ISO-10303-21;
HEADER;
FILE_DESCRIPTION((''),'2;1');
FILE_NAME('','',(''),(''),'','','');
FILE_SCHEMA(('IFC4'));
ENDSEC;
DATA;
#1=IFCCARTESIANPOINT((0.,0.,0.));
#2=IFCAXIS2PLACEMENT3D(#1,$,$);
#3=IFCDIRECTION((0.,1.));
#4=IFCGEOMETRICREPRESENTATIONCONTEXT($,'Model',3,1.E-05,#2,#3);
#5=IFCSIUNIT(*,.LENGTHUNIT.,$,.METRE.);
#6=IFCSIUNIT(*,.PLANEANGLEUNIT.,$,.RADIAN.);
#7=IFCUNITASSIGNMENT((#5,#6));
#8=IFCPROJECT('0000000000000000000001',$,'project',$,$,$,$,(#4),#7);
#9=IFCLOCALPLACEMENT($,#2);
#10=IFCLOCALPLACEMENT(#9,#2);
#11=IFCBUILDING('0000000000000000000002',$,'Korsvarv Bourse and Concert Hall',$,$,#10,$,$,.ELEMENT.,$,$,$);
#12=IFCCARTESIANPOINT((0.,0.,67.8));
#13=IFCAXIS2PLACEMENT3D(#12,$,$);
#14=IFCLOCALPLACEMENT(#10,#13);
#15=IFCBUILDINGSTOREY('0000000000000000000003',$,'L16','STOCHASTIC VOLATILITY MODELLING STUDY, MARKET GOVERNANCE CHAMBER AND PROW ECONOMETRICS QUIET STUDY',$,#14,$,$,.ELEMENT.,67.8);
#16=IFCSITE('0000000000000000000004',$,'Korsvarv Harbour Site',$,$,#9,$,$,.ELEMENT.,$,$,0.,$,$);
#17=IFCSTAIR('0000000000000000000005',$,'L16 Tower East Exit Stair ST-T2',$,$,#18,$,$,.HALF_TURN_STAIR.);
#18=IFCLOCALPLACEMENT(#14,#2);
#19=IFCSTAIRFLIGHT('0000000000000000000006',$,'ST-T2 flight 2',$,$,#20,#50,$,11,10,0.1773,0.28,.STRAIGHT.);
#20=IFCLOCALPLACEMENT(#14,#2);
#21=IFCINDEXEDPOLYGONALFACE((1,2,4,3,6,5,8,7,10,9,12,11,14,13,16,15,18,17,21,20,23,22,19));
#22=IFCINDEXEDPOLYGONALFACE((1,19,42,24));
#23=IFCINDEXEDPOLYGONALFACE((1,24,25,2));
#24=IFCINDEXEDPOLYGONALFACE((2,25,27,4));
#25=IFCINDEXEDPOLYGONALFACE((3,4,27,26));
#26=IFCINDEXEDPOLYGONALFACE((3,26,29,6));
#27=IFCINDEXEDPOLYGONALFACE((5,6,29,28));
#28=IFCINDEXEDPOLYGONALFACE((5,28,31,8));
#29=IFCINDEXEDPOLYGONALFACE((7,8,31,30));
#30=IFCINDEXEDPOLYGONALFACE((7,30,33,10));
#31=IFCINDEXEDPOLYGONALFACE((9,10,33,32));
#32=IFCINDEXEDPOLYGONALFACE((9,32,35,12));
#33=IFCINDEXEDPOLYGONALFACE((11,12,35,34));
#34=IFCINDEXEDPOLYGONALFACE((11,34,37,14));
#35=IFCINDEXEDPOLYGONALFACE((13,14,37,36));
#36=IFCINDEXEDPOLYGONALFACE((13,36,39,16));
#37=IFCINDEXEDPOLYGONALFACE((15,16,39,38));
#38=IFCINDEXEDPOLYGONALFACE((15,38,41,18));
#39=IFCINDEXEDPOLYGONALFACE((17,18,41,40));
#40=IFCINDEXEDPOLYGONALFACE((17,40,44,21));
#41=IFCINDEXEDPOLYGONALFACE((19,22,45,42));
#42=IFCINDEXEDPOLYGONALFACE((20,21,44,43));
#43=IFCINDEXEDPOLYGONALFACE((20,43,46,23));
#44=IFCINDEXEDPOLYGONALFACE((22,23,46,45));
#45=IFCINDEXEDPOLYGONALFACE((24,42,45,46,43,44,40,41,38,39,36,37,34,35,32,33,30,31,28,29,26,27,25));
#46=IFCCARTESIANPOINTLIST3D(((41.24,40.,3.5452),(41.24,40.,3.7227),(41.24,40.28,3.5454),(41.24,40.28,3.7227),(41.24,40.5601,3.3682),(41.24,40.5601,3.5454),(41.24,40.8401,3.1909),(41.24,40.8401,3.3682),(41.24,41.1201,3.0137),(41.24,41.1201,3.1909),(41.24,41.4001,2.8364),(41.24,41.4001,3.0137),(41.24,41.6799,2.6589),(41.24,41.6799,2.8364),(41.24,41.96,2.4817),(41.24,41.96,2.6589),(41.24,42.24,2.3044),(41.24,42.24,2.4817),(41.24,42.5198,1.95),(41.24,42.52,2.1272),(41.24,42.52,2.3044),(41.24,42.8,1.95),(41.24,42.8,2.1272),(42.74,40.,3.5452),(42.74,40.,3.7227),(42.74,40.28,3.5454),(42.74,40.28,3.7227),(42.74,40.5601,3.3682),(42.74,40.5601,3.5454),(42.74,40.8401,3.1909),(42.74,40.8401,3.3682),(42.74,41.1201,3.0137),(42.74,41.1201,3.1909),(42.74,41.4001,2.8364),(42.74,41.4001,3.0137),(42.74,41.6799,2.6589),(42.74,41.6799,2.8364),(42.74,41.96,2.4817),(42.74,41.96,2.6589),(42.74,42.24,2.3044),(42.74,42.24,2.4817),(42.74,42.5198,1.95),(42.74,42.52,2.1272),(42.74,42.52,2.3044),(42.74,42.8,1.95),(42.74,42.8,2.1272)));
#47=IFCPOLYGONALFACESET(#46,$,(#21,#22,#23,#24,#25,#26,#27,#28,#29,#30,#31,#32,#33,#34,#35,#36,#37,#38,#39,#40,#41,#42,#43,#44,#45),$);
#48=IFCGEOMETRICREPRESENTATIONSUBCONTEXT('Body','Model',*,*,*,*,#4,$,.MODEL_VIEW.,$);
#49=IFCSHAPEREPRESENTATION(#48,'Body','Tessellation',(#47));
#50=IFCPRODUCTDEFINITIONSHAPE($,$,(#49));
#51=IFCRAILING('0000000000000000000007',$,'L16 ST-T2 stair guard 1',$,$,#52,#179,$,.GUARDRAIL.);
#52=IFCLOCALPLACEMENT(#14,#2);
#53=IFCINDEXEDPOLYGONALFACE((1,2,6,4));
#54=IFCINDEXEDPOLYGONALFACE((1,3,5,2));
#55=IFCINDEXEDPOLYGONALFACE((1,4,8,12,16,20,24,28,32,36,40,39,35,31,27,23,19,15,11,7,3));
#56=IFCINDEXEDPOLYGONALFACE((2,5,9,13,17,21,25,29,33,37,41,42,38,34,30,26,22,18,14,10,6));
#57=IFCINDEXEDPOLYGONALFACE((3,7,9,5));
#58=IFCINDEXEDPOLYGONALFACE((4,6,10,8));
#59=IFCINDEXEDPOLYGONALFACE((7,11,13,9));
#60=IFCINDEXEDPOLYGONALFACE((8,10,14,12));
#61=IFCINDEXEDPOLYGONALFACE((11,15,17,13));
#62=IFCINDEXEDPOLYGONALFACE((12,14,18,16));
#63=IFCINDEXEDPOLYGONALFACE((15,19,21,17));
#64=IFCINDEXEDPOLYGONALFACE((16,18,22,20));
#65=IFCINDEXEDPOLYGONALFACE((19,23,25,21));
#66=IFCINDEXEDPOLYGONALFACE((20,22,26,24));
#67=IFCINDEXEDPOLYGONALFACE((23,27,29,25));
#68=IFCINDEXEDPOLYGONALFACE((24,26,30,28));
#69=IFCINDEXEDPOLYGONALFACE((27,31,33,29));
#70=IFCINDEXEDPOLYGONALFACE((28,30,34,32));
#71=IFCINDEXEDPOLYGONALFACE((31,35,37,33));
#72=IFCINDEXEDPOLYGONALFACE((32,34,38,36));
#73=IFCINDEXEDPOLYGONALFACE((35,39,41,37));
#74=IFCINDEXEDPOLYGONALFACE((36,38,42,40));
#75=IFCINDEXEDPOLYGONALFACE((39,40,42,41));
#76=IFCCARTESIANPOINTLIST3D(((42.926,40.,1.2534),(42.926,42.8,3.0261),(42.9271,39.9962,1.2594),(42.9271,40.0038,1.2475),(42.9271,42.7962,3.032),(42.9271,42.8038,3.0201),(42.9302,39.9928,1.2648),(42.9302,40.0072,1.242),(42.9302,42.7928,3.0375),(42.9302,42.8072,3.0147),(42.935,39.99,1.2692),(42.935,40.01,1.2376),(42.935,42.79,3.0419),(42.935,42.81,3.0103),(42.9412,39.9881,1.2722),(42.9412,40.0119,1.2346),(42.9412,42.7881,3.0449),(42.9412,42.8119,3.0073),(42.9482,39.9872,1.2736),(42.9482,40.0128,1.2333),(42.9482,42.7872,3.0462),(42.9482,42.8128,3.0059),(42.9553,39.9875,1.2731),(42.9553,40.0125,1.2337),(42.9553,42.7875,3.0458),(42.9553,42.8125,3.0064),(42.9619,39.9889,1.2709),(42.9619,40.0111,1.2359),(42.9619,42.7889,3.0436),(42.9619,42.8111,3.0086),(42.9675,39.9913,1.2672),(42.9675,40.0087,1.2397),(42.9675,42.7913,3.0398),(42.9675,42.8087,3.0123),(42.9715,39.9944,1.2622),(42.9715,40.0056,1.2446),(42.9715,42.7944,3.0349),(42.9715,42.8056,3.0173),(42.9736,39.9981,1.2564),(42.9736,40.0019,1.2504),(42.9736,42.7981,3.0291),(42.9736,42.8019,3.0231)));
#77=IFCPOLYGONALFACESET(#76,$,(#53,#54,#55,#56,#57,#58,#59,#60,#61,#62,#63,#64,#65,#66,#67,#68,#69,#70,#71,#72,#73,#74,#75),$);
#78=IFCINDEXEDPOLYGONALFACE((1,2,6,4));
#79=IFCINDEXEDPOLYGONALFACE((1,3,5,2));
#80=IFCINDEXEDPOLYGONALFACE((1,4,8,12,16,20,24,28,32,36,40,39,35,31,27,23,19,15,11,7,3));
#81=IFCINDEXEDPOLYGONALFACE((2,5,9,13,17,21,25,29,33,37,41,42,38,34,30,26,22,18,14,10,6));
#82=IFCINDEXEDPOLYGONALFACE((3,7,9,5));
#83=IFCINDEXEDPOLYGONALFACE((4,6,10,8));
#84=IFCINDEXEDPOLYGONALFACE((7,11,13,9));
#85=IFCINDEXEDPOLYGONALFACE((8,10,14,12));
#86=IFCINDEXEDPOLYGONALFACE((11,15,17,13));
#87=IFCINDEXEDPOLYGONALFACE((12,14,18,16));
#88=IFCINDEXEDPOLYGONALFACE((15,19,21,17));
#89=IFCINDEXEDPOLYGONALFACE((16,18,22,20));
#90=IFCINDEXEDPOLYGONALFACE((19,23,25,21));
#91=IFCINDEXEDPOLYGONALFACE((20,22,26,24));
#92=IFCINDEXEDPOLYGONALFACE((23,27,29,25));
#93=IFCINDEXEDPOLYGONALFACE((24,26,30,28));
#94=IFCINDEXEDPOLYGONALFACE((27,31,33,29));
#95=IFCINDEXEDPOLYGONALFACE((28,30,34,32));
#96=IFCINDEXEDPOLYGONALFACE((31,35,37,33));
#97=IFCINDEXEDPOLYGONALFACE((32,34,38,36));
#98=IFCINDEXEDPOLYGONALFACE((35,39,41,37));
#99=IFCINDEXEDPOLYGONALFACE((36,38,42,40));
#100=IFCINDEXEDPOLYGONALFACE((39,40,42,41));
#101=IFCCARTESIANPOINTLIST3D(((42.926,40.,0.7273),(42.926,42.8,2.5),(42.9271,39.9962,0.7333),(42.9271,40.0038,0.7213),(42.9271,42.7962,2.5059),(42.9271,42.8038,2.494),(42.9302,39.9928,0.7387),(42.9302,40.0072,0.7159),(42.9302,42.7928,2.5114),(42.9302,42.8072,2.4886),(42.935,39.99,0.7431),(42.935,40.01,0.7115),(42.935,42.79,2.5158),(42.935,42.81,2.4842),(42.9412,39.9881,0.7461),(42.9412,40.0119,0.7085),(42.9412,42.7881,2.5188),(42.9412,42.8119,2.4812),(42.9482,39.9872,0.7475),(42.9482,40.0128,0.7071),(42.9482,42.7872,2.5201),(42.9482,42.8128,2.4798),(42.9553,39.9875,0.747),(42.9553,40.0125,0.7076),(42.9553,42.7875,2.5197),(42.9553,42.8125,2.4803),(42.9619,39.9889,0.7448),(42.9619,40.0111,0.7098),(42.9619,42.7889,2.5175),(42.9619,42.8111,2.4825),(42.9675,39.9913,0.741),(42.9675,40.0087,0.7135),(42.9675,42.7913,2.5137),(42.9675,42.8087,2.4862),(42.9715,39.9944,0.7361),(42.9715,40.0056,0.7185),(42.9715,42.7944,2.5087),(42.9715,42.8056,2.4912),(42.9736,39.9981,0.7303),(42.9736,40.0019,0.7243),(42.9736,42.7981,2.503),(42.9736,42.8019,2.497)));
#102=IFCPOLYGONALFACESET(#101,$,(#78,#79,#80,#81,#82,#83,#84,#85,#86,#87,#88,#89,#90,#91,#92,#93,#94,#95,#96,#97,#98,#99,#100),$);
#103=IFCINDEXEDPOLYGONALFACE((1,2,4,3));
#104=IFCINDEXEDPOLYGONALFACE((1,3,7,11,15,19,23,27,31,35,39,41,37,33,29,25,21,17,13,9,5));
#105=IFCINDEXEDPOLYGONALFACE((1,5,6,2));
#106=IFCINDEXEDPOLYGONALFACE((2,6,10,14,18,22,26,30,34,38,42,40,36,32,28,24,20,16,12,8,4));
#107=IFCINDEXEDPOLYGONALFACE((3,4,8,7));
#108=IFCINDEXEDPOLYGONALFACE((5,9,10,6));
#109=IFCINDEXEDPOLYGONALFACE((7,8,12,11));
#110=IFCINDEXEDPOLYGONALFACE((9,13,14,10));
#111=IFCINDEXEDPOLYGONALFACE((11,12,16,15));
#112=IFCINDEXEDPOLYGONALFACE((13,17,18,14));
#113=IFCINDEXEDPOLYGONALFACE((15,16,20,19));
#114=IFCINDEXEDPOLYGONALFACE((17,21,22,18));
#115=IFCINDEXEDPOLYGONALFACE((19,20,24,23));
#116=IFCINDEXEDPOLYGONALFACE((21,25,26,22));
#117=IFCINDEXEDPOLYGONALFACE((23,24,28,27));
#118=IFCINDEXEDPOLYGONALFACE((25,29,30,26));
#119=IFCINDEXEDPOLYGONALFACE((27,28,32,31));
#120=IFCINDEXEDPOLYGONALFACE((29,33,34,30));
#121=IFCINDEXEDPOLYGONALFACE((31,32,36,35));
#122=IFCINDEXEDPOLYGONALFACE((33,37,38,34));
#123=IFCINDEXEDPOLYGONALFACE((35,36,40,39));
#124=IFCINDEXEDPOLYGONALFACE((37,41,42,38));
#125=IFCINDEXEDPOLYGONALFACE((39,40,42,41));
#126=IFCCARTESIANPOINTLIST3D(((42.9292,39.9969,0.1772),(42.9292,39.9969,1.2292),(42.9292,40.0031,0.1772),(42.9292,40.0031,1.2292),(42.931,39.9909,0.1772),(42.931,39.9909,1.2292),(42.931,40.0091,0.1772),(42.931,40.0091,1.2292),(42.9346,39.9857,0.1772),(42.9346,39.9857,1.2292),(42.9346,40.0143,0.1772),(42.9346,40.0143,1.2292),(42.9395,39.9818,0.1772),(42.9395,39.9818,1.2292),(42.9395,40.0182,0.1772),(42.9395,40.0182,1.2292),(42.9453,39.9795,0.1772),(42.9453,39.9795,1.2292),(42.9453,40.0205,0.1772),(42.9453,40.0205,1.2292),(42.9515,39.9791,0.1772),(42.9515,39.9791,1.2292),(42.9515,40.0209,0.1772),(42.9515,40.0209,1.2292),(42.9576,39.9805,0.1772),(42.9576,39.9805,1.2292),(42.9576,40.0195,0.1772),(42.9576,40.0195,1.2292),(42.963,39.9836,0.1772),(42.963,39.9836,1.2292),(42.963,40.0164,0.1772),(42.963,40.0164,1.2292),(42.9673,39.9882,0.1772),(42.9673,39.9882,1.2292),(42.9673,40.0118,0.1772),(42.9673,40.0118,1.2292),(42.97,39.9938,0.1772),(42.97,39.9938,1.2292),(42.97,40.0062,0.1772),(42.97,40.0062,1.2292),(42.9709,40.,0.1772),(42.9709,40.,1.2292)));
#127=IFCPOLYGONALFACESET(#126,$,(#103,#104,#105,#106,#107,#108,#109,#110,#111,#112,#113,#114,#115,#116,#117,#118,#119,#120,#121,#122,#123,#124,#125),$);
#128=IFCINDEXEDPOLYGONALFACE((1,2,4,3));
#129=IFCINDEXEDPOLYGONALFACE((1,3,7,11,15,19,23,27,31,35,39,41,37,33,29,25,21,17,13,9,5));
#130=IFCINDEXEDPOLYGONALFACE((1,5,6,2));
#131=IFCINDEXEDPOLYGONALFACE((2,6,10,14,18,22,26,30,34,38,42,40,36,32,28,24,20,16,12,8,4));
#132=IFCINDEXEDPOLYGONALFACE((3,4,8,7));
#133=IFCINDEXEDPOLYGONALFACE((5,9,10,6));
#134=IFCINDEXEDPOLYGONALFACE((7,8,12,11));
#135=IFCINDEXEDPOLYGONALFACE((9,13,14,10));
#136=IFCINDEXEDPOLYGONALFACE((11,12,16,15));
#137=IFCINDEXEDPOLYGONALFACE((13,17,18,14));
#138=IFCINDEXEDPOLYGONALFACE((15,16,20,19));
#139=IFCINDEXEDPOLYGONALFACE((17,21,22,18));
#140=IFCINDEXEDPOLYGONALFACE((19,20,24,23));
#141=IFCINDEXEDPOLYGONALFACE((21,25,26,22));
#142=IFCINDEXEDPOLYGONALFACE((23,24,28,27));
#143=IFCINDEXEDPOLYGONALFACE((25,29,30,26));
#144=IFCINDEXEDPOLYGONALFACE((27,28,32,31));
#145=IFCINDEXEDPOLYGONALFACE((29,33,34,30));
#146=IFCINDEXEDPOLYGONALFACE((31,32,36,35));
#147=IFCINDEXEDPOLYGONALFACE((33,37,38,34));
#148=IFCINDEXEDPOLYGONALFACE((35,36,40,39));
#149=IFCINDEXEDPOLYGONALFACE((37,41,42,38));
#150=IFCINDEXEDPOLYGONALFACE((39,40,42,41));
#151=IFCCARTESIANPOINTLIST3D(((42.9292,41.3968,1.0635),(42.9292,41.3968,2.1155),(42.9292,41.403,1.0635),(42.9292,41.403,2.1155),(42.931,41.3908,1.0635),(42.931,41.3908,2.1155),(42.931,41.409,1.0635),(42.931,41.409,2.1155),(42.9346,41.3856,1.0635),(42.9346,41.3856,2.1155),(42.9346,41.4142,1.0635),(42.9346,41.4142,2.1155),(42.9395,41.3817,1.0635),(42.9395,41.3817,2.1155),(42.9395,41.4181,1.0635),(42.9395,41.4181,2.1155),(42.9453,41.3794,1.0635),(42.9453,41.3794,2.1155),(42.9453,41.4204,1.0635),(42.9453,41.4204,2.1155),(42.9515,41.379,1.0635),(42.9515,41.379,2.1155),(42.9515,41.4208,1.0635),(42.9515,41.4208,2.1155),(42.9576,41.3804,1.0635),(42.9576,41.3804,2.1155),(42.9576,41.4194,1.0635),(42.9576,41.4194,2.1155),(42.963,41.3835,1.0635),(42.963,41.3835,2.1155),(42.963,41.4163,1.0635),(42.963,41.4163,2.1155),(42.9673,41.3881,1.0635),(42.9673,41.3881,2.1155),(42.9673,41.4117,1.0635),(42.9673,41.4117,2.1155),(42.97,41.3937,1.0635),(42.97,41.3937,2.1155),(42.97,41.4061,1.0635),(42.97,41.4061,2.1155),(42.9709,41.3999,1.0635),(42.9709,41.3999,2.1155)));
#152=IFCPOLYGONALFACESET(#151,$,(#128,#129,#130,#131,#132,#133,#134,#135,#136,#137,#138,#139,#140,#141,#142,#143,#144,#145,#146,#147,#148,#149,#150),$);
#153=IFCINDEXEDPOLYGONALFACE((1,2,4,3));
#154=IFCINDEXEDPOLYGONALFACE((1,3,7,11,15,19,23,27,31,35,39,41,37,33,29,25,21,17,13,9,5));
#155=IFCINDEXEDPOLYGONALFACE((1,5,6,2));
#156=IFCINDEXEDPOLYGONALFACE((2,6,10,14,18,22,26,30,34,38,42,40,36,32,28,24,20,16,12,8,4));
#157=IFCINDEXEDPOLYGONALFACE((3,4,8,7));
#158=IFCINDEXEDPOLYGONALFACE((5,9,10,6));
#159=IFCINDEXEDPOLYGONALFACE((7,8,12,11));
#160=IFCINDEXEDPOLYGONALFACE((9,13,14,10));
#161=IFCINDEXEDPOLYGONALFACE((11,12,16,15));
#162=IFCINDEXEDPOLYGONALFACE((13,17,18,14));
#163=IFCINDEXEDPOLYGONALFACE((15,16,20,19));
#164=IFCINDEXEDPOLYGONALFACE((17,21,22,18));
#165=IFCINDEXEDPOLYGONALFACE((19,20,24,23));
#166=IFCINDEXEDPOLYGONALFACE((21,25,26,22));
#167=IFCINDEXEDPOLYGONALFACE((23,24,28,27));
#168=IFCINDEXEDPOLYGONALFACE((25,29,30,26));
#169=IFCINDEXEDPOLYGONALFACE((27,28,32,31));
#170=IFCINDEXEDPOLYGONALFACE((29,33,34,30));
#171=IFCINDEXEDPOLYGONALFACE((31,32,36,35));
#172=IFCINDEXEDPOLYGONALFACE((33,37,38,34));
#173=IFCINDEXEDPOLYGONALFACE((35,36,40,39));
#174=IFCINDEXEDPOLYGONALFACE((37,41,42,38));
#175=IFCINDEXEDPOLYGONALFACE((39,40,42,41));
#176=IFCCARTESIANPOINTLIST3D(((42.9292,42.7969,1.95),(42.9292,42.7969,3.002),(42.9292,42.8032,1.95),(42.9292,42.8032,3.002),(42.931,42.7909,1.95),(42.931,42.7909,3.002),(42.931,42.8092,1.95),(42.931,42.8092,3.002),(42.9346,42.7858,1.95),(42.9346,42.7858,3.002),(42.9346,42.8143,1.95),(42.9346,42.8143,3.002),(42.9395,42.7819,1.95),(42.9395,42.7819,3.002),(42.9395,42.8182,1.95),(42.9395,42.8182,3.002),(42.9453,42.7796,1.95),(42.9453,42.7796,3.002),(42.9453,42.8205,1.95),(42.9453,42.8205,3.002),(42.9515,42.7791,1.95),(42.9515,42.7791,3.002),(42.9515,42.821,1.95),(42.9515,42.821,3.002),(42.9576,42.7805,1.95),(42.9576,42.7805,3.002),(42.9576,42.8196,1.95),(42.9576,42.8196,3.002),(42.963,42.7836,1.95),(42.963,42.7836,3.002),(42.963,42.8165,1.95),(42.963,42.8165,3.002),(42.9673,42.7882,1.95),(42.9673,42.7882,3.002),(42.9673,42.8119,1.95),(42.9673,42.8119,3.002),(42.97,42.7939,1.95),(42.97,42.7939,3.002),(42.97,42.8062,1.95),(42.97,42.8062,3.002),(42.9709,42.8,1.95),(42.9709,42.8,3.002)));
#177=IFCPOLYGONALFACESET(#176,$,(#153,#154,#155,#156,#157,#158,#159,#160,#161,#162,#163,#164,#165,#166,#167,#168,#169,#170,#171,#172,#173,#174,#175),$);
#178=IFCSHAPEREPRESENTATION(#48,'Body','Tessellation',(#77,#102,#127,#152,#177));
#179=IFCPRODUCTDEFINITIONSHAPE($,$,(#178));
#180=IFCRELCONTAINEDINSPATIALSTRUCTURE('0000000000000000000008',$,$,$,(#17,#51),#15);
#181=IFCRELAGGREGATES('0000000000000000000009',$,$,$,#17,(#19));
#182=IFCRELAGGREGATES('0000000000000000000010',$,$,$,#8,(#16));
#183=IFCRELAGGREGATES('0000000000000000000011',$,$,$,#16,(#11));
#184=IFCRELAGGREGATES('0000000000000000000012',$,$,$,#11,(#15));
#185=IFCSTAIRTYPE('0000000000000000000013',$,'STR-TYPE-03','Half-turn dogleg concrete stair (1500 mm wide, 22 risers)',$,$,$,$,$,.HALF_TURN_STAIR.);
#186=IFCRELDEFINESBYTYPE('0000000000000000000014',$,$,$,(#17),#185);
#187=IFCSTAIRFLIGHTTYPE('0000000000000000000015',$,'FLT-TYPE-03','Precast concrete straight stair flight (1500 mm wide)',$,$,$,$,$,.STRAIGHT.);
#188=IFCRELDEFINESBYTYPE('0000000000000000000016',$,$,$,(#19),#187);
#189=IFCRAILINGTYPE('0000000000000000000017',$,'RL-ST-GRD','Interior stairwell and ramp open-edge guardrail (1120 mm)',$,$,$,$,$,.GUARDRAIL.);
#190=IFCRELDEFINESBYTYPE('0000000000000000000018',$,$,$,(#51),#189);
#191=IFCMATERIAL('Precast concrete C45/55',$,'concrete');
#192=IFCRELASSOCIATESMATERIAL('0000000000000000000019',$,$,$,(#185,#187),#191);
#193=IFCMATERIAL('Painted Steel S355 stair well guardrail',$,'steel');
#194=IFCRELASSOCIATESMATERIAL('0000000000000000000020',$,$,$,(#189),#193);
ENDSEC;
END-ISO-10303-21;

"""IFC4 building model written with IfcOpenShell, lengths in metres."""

from ifc_helpers import new_model, si_unit, direction, frame, origin, origin_2d, place, context, subcontext, project, spatial, polyline, circle, outline, extrude, material, type_object, element, aggregate, save


model = new_model("IFC4")

# Units and contexts
model_context = context("Model", 3, precision=1e-05, world=origin(), true_north=direction((0.0, 1.0)))
body_context = subcontext(model_context, "Body", "Model", "MODEL_VIEW")
ifc_project = project(units=[si_unit("LENGTHUNIT", "METRE"), si_unit("PLANEANGLEUNIT", "RADIAN")], contexts=[model_context])

# Site, building, storey
site_placement = place(None, origin())
site = spatial("IfcSite", under=ifc_project, at=site_placement, Name="Korsvarv Harbour Site", CompositionType="ELEMENT", RefElevation=0.0)
building_placement = place(site_placement, origin())
building = spatial("IfcBuilding", under=site, at=building_placement, Name="Korsvarv Bourse and Concert Hall", CompositionType="ELEMENT")
storey_placement = place(building_placement, frame((0.0, 0.0, 67.8)))
storey = spatial("IfcBuildingStorey", under=building, at=storey_placement, Name="L16", Description="STOCHASTIC VOLATILITY MODELLING STUDY, MARKET GOVERNANCE CHAMBER AND PROW ECONOMETRICS QUIET STUDY", CompositionType="ELEMENT", Elevation=67.8)

# Stair, stair flight
ifc_material_1 = material(Name="Precast concrete C45/55", Category="concrete")
stair_type = type_object("IfcStairType", Name="STR-TYPE-03", Description="Half-turn dogleg concrete stair (1500 mm wide, 22 risers)", PredefinedType="HALF_TURN_STAIR", material=ifc_material_1)
stair_placement = place(storey_placement, origin())
stair = element("IfcStair", 1, at=stair_placement, inside=storey, type_object=stair_type, Name="L16 Tower East Exit Stair ST-T2", PredefinedType="HALF_TURN_STAIR")
stair_flight_type = type_object("IfcStairFlightType", Name="FLT-TYPE-03", Description="Precast concrete straight stair flight (1500 mm wide)", PredefinedType="STRAIGHT", material=ifc_material_1)
stair_flight_1_placement = place(storey_placement, frame((41.99, 42.8, 1.95), z_axis=(0.0, 0.0, 1.0), x_axis=(0.0, -1.0, 0.0)))
stair_flight_1 = element("IfcStairFlight", 2, at=stair_flight_1_placement, type_object=stair_flight_type, Name="ST-T2 flight 2", NumberOfRisers=11, NumberOfTreads=10, PredefinedType="STRAIGHT", RiserHeight=0.1773, TreadLength=0.28, context=body_context, shape_type="SweptSolid", body=[
    extrude(outline(polyline([(0.0, 0.0), (0.0, 0.1772), (0.28, 0.1772), (0.28, 0.3545), (0.5601, 0.3545), (0.5601, 0.5317), (0.8401, 0.5317), (0.8401, 0.709), (1.1201, 0.709), (1.1201, 0.8865), (1.3999, 0.8865), (1.3999, 1.0637), (1.6799, 1.0637), (1.6799, 1.241), (1.96, 1.241), (1.96, 1.4182), (2.24, 1.4182), (2.24, 1.5955), (2.52, 1.5955), (2.52, 1.7727), (2.8, 1.7727), (2.8, 1.95), (2.8, 1.5952), (0.2803, 0.0), (0.0, 0.0)])), frame((0.0, 0.75, 0.0), z_axis=(0.0, -1.0, 0.0), x_axis=(1.0, 0.0, 0.0)), (0.0, 0.0, 1.0), 1.5),
])
aggregate(stair, [stair_flight_1])

# Railing
ifc_material_2 = material(Name="Painted Steel S355 stair well guardrail", Category="steel")
railing_type_1 = type_object("IfcRailingType", Name="RL-ST-GRD", Description="Interior stairwell and ramp open-edge guardrail (1120 mm)", PredefinedType="GUARDRAIL", material=ifc_material_2)
railing_1_placement = place(storey_placement, frame((42.95, 40.0, 0.1772)))
element("IfcRailing", 3, at=railing_1_placement, inside=storey, type_object=railing_type_1, Name="L16 ST-T2 stair guard 1", PredefinedType="GUARDRAIL", context=body_context, shape_type="SweptSolid", body=[
    extrude(circle(Radius=0.0239, at=origin_2d()), frame((0.0, 0.0, 1.0762), z_axis=(0.0, 0.844909, 0.53491), x_axis=(-1.0, 0.0, 0.0)), (0.0, 0.0, 1.0), 3.314),
    extrude(circle(Radius=0.0239, at=origin_2d()), frame((0.0, 0.0, 0.55), z_axis=(0.0, 0.844909, 0.53491), x_axis=(-1.0, 0.0, 0.0)), (0.0, 0.0, 1.0), 3.314),
    extrude(circle(Radius=0.021, at=origin_2d()), origin(), (0.0, 0.0, 1.0), 1.052),
    extrude(circle(Radius=0.021, at=origin_2d()), frame((0.0, 1.3999, 0.8862)), (0.0, 0.0, 1.0), 1.052),
    extrude(circle(Radius=0.021, at=origin_2d()), frame((0.0, 2.8, 1.7727)), (0.0, 0.0, 1.0), 1.052),
])

save(model, "model.ifc")
